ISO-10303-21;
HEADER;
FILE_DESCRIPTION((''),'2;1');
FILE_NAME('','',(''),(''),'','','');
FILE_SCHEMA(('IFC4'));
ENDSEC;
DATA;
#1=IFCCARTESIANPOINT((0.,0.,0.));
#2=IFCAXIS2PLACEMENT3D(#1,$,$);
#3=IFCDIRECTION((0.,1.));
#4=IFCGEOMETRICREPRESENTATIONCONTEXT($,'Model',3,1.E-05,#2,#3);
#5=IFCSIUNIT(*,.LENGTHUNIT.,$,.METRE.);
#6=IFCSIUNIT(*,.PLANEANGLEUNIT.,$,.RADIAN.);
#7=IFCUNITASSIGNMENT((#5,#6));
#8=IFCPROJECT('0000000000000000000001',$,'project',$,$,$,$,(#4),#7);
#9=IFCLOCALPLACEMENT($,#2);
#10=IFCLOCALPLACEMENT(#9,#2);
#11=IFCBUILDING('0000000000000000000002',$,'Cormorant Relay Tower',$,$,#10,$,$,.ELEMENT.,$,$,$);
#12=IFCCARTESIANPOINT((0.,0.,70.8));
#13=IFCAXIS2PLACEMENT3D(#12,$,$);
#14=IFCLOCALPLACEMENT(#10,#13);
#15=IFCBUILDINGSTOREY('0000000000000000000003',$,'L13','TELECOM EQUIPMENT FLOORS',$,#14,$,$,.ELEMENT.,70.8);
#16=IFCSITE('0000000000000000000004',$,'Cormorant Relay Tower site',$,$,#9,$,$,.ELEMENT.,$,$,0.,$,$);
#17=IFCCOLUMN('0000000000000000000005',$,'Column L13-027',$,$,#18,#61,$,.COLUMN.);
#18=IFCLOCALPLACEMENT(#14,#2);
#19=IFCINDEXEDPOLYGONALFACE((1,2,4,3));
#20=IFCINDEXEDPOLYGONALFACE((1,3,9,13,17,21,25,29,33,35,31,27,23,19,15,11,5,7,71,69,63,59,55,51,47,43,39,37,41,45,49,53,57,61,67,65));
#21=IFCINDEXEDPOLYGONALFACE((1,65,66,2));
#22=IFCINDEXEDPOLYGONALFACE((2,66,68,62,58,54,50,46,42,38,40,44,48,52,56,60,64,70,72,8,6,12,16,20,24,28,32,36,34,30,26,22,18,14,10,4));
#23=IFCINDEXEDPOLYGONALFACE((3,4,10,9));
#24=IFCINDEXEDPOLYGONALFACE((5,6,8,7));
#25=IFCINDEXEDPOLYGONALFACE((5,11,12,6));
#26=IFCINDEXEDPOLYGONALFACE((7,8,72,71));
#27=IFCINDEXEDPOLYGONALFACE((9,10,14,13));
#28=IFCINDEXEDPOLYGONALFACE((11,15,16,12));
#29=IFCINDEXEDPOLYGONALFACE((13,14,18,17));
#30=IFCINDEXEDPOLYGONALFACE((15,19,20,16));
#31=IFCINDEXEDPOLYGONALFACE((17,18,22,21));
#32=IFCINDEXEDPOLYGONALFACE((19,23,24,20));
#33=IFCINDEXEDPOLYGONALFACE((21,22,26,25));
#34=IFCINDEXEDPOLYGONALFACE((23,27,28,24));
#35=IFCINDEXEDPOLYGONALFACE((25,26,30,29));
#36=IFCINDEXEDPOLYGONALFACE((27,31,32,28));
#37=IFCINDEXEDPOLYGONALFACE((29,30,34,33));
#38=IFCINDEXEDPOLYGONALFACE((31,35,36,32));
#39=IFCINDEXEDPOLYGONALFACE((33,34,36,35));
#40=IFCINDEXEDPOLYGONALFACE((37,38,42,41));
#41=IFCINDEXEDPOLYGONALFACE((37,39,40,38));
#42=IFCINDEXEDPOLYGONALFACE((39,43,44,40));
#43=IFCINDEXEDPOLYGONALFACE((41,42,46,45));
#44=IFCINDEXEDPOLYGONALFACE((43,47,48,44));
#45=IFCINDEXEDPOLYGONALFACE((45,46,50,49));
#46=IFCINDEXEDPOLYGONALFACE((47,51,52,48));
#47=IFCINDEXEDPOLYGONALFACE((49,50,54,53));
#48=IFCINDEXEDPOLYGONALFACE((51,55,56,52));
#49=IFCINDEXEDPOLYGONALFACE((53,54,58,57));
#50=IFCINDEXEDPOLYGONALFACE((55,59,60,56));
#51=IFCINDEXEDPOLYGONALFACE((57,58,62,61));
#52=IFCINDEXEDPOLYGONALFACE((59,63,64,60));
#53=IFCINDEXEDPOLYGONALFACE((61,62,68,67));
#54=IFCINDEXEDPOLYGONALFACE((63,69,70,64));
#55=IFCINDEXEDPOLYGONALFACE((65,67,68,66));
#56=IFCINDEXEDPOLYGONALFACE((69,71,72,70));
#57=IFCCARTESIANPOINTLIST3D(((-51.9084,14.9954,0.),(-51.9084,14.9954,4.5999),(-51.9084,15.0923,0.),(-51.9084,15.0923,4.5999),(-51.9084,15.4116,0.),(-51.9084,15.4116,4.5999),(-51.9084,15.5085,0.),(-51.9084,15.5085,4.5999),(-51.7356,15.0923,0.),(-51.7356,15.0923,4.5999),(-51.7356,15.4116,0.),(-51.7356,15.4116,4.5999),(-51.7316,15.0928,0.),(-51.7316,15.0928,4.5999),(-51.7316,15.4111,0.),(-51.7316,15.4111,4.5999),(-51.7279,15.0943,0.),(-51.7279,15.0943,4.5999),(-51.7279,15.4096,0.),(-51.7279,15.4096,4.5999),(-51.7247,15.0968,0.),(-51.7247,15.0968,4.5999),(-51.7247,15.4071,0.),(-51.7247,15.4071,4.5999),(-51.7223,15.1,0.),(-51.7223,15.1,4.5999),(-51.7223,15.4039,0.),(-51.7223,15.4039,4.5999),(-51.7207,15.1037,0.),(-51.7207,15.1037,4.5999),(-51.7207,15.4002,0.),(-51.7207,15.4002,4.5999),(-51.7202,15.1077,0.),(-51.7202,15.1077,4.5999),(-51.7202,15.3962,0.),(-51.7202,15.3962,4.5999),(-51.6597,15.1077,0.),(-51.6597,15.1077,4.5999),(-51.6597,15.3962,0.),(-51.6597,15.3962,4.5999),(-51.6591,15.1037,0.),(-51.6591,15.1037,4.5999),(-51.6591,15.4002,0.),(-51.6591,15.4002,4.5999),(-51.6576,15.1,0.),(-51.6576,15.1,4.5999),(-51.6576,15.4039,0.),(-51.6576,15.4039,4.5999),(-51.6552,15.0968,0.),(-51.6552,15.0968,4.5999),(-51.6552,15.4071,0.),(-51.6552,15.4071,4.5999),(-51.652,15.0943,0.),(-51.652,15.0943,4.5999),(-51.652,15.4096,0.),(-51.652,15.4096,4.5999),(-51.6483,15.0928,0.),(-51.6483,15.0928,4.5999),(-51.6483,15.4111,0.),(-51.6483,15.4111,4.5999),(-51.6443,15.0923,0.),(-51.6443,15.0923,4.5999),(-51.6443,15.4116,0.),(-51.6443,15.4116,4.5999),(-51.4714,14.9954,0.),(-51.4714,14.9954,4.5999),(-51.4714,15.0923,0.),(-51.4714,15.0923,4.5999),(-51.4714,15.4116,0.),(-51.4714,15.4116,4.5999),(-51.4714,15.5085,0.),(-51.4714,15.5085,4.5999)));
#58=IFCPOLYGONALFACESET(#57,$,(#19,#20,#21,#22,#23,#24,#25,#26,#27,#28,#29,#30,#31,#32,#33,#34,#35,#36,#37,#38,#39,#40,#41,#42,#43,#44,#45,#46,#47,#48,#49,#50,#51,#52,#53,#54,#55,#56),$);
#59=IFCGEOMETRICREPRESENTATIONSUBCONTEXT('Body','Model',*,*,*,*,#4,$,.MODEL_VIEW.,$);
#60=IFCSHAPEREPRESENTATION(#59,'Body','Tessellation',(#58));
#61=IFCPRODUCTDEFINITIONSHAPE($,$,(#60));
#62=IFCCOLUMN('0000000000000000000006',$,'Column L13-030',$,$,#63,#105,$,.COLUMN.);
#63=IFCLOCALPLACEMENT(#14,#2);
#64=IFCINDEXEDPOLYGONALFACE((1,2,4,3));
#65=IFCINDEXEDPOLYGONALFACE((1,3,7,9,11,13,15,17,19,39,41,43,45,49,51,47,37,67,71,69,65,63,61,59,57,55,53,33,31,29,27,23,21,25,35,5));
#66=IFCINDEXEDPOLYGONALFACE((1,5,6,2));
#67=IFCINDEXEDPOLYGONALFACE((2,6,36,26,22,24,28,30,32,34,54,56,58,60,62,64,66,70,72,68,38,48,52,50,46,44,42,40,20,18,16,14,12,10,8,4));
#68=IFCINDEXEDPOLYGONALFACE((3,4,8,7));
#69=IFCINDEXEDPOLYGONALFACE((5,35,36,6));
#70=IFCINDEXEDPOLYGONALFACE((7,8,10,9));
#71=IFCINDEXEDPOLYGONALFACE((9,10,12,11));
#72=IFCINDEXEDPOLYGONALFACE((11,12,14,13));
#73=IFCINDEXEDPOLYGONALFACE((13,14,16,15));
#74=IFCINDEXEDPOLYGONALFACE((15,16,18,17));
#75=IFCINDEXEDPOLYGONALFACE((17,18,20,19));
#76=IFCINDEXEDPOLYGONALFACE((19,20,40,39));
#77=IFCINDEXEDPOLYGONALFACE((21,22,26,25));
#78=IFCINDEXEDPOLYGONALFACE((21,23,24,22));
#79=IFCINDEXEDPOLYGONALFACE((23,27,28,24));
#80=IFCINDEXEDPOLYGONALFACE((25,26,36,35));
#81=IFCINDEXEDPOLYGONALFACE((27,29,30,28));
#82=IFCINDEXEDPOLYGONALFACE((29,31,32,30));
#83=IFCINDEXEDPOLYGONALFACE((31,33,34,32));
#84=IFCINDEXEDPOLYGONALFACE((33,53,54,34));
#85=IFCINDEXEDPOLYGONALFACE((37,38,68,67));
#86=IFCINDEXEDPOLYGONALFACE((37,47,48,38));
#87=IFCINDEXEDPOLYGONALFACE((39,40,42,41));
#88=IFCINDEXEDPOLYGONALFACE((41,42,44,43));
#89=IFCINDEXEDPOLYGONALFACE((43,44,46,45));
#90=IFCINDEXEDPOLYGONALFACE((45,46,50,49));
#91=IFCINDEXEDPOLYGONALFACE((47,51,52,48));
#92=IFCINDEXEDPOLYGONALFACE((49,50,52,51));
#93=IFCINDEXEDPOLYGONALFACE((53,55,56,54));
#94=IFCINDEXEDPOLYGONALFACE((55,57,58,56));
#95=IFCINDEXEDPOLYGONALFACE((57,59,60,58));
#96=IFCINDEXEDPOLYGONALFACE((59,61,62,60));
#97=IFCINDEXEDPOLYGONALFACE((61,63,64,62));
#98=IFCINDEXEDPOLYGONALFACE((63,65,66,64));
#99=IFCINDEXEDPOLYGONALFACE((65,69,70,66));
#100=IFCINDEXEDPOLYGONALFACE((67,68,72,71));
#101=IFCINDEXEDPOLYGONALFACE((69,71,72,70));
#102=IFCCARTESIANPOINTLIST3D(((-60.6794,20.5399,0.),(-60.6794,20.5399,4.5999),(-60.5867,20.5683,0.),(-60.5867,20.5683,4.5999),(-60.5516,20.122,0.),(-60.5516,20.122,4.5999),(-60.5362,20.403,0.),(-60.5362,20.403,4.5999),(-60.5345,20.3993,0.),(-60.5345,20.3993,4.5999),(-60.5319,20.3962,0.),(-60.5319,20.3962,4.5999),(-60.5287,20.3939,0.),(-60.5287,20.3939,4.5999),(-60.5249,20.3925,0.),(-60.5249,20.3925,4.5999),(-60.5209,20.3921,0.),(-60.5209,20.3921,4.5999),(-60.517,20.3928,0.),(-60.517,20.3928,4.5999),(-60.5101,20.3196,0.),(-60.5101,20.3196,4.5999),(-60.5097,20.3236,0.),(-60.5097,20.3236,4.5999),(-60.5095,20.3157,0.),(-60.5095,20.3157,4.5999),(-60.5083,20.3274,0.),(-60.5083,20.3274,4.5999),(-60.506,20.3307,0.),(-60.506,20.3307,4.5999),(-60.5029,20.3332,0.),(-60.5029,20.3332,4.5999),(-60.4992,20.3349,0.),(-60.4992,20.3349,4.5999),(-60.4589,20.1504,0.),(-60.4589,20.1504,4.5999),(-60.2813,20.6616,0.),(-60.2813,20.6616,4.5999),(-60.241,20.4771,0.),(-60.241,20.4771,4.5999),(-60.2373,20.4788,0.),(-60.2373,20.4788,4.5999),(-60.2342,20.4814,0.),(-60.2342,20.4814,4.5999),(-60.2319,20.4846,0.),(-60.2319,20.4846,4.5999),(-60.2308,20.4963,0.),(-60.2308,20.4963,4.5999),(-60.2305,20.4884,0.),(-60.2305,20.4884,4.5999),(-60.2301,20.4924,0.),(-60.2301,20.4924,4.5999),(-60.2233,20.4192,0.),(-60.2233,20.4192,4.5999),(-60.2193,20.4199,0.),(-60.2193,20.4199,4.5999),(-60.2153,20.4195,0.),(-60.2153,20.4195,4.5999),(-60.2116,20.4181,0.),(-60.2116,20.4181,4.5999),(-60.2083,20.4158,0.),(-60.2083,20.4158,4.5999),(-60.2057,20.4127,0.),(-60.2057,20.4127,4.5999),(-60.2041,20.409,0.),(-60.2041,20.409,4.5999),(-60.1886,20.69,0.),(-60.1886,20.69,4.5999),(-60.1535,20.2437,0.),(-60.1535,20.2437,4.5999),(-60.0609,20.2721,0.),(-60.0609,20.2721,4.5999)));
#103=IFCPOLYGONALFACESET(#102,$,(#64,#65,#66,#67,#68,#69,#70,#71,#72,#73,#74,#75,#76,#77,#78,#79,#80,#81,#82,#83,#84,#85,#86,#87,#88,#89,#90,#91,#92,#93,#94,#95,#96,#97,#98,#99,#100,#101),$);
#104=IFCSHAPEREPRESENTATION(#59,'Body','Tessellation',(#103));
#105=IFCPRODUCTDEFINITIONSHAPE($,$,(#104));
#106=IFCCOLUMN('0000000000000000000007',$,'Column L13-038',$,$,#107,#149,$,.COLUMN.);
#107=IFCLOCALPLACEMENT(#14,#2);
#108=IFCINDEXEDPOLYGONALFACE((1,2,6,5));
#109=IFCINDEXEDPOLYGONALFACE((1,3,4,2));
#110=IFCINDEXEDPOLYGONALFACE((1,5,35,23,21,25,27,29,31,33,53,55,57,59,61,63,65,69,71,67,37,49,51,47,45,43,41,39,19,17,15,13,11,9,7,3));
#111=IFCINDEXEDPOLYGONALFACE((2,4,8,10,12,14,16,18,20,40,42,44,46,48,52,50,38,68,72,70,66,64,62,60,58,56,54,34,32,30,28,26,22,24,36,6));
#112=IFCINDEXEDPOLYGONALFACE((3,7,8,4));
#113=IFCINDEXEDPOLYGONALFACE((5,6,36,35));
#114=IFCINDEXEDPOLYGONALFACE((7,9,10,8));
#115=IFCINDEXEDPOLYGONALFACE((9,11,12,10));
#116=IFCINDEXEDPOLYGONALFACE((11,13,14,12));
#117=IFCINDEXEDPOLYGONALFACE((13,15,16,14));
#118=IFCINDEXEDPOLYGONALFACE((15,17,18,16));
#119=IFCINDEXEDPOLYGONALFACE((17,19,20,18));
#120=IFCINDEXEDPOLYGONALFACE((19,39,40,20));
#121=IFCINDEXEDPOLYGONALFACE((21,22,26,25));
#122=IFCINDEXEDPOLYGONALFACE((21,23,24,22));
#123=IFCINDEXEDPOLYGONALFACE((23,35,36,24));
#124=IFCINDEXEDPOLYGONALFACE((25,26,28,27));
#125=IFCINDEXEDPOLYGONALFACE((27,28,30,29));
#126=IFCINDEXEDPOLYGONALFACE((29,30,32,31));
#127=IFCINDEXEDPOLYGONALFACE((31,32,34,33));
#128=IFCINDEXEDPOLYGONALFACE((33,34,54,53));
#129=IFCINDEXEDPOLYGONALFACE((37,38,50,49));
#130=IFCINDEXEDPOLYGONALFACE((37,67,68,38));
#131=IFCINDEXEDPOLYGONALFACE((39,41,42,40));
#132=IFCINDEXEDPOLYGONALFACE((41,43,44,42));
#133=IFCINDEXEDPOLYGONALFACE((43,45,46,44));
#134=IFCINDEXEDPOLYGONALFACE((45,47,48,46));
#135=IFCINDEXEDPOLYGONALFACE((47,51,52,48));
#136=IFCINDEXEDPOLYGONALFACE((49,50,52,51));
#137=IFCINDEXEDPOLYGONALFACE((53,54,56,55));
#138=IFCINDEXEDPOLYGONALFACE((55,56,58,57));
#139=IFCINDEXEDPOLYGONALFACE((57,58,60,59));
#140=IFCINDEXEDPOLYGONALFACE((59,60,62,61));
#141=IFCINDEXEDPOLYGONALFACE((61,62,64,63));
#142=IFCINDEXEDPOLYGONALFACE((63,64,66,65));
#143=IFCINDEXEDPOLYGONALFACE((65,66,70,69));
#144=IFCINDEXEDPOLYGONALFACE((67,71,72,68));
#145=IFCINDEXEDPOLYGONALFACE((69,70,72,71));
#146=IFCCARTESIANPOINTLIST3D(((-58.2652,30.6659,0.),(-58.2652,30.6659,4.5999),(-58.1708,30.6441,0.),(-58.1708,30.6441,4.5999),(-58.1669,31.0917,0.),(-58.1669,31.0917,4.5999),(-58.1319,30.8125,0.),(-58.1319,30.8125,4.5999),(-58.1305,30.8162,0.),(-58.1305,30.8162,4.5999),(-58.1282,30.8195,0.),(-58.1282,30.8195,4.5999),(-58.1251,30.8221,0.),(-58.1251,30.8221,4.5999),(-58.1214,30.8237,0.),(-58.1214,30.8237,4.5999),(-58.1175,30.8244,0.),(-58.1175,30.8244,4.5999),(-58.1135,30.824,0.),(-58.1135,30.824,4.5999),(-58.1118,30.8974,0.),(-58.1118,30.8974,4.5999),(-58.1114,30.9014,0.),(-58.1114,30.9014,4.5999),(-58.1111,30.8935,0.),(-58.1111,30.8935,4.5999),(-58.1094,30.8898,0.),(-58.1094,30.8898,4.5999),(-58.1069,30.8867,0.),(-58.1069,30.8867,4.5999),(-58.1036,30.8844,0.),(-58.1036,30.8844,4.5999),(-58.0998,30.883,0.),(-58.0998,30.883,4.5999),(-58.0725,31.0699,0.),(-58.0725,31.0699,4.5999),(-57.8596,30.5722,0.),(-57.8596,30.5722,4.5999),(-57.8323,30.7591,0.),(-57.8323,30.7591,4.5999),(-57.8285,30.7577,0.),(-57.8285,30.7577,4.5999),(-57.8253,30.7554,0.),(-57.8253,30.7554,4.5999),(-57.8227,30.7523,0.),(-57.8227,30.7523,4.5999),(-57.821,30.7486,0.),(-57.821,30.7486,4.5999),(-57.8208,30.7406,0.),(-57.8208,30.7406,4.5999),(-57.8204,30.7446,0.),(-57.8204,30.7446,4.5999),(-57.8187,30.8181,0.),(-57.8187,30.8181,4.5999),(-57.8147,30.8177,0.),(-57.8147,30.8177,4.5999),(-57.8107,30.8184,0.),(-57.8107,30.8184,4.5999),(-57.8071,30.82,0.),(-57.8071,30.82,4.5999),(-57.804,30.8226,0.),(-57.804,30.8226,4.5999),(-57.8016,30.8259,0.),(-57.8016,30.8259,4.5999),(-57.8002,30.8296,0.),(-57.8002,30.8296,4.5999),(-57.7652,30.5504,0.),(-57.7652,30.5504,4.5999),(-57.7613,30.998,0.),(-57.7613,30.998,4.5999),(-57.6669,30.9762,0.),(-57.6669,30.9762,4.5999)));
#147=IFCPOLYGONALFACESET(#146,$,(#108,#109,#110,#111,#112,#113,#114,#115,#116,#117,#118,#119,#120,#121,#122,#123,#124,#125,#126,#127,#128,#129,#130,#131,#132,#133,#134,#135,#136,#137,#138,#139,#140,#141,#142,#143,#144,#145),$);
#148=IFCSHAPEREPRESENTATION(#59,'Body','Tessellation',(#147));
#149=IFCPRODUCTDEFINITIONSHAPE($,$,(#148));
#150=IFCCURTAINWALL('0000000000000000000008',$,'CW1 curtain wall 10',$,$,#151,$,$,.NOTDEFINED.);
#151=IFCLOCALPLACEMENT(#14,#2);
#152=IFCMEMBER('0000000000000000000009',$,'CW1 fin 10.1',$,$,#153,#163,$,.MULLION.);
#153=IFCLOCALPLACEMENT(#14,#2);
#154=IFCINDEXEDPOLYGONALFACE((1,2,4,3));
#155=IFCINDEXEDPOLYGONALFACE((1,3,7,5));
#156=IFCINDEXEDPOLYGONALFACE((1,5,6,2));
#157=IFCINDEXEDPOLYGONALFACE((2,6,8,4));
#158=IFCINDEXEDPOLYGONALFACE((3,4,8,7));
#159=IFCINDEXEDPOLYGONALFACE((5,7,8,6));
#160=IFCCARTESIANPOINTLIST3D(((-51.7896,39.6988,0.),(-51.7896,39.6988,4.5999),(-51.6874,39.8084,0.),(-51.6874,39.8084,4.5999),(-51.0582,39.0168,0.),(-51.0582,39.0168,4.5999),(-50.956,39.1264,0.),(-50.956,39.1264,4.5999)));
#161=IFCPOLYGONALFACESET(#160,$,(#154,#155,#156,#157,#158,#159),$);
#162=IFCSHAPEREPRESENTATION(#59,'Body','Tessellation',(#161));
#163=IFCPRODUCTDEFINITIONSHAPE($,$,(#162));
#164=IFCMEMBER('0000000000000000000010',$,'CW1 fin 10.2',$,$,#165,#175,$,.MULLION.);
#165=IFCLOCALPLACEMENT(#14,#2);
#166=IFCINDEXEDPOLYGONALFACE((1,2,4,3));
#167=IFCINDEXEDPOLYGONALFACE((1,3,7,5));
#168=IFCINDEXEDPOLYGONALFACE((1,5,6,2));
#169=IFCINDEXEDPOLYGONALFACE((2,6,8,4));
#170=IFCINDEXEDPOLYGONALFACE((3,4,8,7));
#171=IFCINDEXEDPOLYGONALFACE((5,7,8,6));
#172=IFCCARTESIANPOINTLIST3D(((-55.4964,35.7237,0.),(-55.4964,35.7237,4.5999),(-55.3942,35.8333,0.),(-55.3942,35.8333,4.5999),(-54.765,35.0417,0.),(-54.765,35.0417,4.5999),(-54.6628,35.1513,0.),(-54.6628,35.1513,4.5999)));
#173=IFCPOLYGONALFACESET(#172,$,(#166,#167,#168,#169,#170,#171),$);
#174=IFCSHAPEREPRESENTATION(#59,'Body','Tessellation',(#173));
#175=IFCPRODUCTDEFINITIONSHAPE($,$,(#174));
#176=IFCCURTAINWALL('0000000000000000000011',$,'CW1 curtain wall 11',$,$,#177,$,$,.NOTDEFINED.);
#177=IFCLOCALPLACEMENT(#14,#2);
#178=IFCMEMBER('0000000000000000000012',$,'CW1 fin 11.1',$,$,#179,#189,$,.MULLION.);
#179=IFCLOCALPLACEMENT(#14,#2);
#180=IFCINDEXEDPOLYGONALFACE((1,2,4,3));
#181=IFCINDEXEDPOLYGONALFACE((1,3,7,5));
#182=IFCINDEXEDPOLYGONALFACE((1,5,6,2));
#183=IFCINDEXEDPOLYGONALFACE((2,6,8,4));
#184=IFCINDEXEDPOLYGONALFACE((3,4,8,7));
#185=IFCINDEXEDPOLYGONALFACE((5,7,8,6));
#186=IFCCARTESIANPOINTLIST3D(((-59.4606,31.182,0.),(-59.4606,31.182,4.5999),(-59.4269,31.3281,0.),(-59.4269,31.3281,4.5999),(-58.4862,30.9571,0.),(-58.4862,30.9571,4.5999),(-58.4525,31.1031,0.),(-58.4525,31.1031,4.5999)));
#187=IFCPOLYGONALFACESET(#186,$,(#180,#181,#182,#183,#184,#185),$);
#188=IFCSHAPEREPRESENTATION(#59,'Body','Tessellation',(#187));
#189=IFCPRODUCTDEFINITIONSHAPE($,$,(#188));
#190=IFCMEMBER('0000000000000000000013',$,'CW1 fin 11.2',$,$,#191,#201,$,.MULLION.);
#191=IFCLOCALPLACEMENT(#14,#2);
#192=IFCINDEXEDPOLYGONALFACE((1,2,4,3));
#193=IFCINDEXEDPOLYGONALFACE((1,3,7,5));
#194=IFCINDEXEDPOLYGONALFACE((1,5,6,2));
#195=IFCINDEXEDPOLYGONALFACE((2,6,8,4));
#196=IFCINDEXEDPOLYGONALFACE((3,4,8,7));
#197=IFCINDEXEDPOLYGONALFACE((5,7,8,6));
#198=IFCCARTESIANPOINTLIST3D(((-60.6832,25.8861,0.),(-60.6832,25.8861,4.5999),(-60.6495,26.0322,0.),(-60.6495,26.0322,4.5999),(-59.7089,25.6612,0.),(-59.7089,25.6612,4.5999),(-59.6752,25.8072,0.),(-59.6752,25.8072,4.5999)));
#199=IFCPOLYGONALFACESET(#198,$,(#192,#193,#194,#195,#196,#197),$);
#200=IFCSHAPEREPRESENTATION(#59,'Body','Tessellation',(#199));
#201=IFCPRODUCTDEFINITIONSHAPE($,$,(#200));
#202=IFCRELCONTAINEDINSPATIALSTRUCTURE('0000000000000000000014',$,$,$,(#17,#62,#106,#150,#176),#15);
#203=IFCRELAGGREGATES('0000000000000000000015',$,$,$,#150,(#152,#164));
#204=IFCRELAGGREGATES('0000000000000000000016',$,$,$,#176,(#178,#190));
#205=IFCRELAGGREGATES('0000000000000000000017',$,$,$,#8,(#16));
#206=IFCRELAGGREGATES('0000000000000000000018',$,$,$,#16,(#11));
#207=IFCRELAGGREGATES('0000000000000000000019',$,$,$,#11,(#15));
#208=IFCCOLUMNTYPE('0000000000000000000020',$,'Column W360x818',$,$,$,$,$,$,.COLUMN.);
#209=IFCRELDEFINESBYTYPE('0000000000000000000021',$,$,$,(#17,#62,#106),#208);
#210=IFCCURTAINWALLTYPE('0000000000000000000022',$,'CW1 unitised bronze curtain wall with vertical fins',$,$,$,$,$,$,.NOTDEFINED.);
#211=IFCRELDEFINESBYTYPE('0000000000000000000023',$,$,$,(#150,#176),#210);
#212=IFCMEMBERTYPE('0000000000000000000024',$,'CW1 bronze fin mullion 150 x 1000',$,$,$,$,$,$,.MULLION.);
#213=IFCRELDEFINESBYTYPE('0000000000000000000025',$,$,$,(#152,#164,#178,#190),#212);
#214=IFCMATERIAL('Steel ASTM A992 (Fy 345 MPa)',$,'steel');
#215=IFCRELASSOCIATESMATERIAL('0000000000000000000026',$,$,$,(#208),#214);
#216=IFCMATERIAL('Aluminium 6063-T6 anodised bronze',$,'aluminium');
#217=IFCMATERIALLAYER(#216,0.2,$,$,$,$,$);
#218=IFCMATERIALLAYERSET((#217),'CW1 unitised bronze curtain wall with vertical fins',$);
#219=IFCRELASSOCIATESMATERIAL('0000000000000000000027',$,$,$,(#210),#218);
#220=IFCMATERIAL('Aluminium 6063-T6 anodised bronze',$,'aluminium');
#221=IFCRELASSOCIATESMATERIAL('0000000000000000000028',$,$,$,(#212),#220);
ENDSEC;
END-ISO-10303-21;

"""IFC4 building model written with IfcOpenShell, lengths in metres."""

from ifc_helpers import new_model, si_unit, direction, frame, origin, origin_2d, place, context, subcontext, project, spatial, rectangle, i_section, extrude, material, layer, layer_set, material_profile, profile_set, type_object, element, aggregate, save


model = new_model("IFC4")

# Units and contexts
model_context = context("Model", 3, precision=1e-05, world=origin(), true_north=direction((0.0, 1.0)))
body_context = subcontext(model_context, "Body", "Model", "MODEL_VIEW")
ifc_project = project(units=[si_unit("LENGTHUNIT", "METRE"), si_unit("PLANEANGLEUNIT", "RADIAN")], contexts=[model_context])

# Site, building, storey
site_placement = place(None, origin())
site = spatial("IfcSite", under=ifc_project, at=site_placement, Name="Cormorant Relay Tower site", CompositionType="ELEMENT", RefElevation=0.0)
building_placement = place(site_placement, origin())
building = spatial("IfcBuilding", under=site, at=building_placement, Name="Cormorant Relay Tower", CompositionType="ELEMENT")
storey_placement = place(building_placement, frame((0.0, 0.0, 70.8)))
storey = spatial("IfcBuildingStorey", under=building, at=storey_placement, Name="L13", Description="TELECOM EQUIPMENT FLOORS", CompositionType="ELEMENT", Elevation=70.8)

# Columns
ifc_material_1 = material(Name="Steel ASTM A992 (Fy 345 MPa)", Category="steel")
ifc_material_profile_1 = material_profile(ifc_material_1, i_section(OverallWidth=0.437, OverallDepth=0.5132, WebThickness=0.0605, FlangeThickness=0.0969, FilletRadius=0.0154, at=origin_2d()), Name="W360x818")
ifc_profile_set_1 = profile_set([ifc_material_profile_1], Name="Steel ASTM A992 (Fy 345 MPa)")
column_type = type_object("IfcColumnType", Name="Column W360x818", PredefinedType="COLUMN", material=ifc_profile_set_1)
for number, where, z_axis, x_axis, name in (
    (1, (-51.6899, 15.252, 0.0), (0.0, 0.0, 1.0), (1.0, 0.0, 0.0), "Column L13-027"),
    (2, (-60.3701, 20.406, 0.0), (0.0, 0.0, 1.0), (0.292372, -0.956305, 0.0), "Column L13-030"),
    (3, (-57.9661, 30.821, 0.0), (0.0, 0.0, 1.0), (-0.224951, -0.97437, 0.0), "Column L13-038"),
):
    element("IfcColumn", number, at=place(storey_placement, frame(where, z_axis=z_axis, x_axis=x_axis)), inside=storey, type_object=column_type, Name=name, PredefinedType="COLUMN", context=body_context, shape_type="SweptSolid", body=[
        extrude(i_section(OverallWidth=0.437, OverallDepth=0.5132, WebThickness=0.0605, FlangeThickness=0.0969, FilletRadius=0.0154, at=origin_2d()), origin(), (0.0, 0.0, 1.0), 4.5999),
    ])

# Curtain walls, members
ifc_material_2 = material(Name="Aluminium 6063-T6 anodised bronze", Category="aluminium")
ifc_layer_1 = layer(ifc_material_2, 0.2)
ifc_layer_set_1 = layer_set([ifc_layer_1], Name="CW1 unitised bronze curtain wall with vertical fins")
curtain_wall_type = type_object("IfcCurtainWallType", Name="CW1 unitised bronze curtain wall with vertical fins", PredefinedType="NOTDEFINED", material=ifc_layer_set_1)
curtain_wall_1_placement = place(storey_placement, origin())
curtain_wall_1 = element("IfcCurtainWall", 4, at=curtain_wall_1_placement, inside=storey, type_object=curtain_wall_type, Name="CW1 curtain wall 10", PredefinedType="NOTDEFINED")
ifc_material_3 = material(Name="Aluminium 6063-T6 anodised bronze", Category="aluminium")
ifc_material_profile_2 = material_profile(ifc_material_3, rectangle(XDim=0.1499, YDim=1.0, at=origin_2d()), Name="AL 150x1000")
ifc_profile_set_2 = profile_set([ifc_material_profile_2], Name="Aluminium 6063-T6 anodised bronze")
member_type_1 = type_object("IfcMemberType", Name="CW1 bronze fin mullion 150 x 1000", PredefinedType="MULLION", material=ifc_profile_set_2)
member_1_placement = place(storey_placement, frame((-51.3728, 39.4126, 0.0), z_axis=(0.0, 0.0, 1.0), x_axis=(-0.681998, -0.731354, 0.0)))
member_1 = element("IfcMember", 5, at=member_1_placement, type_object=member_type_1, Name="CW1 fin 10.1", PredefinedType="MULLION", context=body_context, shape_type="SweptSolid", body=[
    extrude(rectangle(XDim=0.1499, YDim=1.0, at=origin_2d()), origin(), (0.0, 0.0, 1.0), 4.5999),
])
member_2_placement = place(storey_placement, frame((-55.0796, 35.4375, 0.0), z_axis=(0.0, 0.0, 1.0), x_axis=(-0.681998, -0.731354, 0.0)))
member_2 = element("IfcMember", 6, at=member_2_placement, type_object=member_type_1, Name="CW1 fin 10.2", PredefinedType="MULLION", context=body_context, shape_type="SweptSolid", body=[
    extrude(rectangle(XDim=0.1499, YDim=1.0, at=origin_2d()), origin(), (0.0, 0.0, 1.0), 4.5999),
])
curtain_wall_2_placement = place(storey_placement, origin())
curtain_wall_2 = element("IfcCurtainWall", 7, at=curtain_wall_2_placement, inside=storey, type_object=curtain_wall_type, Name="CW1 curtain wall 11", PredefinedType="NOTDEFINED")
member_3_placement = place(storey_placement, frame((-58.9565, 31.1426, 0.0), z_axis=(0.0, 0.0, 1.0), x_axis=(-0.224951, -0.97437, 0.0)))
member_3 = element("IfcMember", 8, at=member_3_placement, type_object=member_type_1, Name="CW1 fin 11.1", PredefinedType="MULLION", context=body_context, shape_type="SweptSolid", body=[
    extrude(rectangle(XDim=0.1499, YDim=1.0, at=origin_2d()), origin(), (0.0, 0.0, 1.0), 4.5999),
])
member_4_placement = place(storey_placement, frame((-60.1792, 25.8467, 0.0), z_axis=(0.0, 0.0, 1.0), x_axis=(-0.224951, -0.97437, 0.0)))
member_4 = element("IfcMember", 9, at=member_4_placement, type_object=member_type_1, Name="CW1 fin 11.2", PredefinedType="MULLION", context=body_context, shape_type="SweptSolid", body=[
    extrude(rectangle(XDim=0.1499, YDim=1.0, at=origin_2d()), origin(), (0.0, 0.0, 1.0), 4.5999),
])

aggregate(curtain_wall_1, [member_1, member_2])
aggregate(curtain_wall_2, [member_3, member_4])

save(model, "model.ifc")
